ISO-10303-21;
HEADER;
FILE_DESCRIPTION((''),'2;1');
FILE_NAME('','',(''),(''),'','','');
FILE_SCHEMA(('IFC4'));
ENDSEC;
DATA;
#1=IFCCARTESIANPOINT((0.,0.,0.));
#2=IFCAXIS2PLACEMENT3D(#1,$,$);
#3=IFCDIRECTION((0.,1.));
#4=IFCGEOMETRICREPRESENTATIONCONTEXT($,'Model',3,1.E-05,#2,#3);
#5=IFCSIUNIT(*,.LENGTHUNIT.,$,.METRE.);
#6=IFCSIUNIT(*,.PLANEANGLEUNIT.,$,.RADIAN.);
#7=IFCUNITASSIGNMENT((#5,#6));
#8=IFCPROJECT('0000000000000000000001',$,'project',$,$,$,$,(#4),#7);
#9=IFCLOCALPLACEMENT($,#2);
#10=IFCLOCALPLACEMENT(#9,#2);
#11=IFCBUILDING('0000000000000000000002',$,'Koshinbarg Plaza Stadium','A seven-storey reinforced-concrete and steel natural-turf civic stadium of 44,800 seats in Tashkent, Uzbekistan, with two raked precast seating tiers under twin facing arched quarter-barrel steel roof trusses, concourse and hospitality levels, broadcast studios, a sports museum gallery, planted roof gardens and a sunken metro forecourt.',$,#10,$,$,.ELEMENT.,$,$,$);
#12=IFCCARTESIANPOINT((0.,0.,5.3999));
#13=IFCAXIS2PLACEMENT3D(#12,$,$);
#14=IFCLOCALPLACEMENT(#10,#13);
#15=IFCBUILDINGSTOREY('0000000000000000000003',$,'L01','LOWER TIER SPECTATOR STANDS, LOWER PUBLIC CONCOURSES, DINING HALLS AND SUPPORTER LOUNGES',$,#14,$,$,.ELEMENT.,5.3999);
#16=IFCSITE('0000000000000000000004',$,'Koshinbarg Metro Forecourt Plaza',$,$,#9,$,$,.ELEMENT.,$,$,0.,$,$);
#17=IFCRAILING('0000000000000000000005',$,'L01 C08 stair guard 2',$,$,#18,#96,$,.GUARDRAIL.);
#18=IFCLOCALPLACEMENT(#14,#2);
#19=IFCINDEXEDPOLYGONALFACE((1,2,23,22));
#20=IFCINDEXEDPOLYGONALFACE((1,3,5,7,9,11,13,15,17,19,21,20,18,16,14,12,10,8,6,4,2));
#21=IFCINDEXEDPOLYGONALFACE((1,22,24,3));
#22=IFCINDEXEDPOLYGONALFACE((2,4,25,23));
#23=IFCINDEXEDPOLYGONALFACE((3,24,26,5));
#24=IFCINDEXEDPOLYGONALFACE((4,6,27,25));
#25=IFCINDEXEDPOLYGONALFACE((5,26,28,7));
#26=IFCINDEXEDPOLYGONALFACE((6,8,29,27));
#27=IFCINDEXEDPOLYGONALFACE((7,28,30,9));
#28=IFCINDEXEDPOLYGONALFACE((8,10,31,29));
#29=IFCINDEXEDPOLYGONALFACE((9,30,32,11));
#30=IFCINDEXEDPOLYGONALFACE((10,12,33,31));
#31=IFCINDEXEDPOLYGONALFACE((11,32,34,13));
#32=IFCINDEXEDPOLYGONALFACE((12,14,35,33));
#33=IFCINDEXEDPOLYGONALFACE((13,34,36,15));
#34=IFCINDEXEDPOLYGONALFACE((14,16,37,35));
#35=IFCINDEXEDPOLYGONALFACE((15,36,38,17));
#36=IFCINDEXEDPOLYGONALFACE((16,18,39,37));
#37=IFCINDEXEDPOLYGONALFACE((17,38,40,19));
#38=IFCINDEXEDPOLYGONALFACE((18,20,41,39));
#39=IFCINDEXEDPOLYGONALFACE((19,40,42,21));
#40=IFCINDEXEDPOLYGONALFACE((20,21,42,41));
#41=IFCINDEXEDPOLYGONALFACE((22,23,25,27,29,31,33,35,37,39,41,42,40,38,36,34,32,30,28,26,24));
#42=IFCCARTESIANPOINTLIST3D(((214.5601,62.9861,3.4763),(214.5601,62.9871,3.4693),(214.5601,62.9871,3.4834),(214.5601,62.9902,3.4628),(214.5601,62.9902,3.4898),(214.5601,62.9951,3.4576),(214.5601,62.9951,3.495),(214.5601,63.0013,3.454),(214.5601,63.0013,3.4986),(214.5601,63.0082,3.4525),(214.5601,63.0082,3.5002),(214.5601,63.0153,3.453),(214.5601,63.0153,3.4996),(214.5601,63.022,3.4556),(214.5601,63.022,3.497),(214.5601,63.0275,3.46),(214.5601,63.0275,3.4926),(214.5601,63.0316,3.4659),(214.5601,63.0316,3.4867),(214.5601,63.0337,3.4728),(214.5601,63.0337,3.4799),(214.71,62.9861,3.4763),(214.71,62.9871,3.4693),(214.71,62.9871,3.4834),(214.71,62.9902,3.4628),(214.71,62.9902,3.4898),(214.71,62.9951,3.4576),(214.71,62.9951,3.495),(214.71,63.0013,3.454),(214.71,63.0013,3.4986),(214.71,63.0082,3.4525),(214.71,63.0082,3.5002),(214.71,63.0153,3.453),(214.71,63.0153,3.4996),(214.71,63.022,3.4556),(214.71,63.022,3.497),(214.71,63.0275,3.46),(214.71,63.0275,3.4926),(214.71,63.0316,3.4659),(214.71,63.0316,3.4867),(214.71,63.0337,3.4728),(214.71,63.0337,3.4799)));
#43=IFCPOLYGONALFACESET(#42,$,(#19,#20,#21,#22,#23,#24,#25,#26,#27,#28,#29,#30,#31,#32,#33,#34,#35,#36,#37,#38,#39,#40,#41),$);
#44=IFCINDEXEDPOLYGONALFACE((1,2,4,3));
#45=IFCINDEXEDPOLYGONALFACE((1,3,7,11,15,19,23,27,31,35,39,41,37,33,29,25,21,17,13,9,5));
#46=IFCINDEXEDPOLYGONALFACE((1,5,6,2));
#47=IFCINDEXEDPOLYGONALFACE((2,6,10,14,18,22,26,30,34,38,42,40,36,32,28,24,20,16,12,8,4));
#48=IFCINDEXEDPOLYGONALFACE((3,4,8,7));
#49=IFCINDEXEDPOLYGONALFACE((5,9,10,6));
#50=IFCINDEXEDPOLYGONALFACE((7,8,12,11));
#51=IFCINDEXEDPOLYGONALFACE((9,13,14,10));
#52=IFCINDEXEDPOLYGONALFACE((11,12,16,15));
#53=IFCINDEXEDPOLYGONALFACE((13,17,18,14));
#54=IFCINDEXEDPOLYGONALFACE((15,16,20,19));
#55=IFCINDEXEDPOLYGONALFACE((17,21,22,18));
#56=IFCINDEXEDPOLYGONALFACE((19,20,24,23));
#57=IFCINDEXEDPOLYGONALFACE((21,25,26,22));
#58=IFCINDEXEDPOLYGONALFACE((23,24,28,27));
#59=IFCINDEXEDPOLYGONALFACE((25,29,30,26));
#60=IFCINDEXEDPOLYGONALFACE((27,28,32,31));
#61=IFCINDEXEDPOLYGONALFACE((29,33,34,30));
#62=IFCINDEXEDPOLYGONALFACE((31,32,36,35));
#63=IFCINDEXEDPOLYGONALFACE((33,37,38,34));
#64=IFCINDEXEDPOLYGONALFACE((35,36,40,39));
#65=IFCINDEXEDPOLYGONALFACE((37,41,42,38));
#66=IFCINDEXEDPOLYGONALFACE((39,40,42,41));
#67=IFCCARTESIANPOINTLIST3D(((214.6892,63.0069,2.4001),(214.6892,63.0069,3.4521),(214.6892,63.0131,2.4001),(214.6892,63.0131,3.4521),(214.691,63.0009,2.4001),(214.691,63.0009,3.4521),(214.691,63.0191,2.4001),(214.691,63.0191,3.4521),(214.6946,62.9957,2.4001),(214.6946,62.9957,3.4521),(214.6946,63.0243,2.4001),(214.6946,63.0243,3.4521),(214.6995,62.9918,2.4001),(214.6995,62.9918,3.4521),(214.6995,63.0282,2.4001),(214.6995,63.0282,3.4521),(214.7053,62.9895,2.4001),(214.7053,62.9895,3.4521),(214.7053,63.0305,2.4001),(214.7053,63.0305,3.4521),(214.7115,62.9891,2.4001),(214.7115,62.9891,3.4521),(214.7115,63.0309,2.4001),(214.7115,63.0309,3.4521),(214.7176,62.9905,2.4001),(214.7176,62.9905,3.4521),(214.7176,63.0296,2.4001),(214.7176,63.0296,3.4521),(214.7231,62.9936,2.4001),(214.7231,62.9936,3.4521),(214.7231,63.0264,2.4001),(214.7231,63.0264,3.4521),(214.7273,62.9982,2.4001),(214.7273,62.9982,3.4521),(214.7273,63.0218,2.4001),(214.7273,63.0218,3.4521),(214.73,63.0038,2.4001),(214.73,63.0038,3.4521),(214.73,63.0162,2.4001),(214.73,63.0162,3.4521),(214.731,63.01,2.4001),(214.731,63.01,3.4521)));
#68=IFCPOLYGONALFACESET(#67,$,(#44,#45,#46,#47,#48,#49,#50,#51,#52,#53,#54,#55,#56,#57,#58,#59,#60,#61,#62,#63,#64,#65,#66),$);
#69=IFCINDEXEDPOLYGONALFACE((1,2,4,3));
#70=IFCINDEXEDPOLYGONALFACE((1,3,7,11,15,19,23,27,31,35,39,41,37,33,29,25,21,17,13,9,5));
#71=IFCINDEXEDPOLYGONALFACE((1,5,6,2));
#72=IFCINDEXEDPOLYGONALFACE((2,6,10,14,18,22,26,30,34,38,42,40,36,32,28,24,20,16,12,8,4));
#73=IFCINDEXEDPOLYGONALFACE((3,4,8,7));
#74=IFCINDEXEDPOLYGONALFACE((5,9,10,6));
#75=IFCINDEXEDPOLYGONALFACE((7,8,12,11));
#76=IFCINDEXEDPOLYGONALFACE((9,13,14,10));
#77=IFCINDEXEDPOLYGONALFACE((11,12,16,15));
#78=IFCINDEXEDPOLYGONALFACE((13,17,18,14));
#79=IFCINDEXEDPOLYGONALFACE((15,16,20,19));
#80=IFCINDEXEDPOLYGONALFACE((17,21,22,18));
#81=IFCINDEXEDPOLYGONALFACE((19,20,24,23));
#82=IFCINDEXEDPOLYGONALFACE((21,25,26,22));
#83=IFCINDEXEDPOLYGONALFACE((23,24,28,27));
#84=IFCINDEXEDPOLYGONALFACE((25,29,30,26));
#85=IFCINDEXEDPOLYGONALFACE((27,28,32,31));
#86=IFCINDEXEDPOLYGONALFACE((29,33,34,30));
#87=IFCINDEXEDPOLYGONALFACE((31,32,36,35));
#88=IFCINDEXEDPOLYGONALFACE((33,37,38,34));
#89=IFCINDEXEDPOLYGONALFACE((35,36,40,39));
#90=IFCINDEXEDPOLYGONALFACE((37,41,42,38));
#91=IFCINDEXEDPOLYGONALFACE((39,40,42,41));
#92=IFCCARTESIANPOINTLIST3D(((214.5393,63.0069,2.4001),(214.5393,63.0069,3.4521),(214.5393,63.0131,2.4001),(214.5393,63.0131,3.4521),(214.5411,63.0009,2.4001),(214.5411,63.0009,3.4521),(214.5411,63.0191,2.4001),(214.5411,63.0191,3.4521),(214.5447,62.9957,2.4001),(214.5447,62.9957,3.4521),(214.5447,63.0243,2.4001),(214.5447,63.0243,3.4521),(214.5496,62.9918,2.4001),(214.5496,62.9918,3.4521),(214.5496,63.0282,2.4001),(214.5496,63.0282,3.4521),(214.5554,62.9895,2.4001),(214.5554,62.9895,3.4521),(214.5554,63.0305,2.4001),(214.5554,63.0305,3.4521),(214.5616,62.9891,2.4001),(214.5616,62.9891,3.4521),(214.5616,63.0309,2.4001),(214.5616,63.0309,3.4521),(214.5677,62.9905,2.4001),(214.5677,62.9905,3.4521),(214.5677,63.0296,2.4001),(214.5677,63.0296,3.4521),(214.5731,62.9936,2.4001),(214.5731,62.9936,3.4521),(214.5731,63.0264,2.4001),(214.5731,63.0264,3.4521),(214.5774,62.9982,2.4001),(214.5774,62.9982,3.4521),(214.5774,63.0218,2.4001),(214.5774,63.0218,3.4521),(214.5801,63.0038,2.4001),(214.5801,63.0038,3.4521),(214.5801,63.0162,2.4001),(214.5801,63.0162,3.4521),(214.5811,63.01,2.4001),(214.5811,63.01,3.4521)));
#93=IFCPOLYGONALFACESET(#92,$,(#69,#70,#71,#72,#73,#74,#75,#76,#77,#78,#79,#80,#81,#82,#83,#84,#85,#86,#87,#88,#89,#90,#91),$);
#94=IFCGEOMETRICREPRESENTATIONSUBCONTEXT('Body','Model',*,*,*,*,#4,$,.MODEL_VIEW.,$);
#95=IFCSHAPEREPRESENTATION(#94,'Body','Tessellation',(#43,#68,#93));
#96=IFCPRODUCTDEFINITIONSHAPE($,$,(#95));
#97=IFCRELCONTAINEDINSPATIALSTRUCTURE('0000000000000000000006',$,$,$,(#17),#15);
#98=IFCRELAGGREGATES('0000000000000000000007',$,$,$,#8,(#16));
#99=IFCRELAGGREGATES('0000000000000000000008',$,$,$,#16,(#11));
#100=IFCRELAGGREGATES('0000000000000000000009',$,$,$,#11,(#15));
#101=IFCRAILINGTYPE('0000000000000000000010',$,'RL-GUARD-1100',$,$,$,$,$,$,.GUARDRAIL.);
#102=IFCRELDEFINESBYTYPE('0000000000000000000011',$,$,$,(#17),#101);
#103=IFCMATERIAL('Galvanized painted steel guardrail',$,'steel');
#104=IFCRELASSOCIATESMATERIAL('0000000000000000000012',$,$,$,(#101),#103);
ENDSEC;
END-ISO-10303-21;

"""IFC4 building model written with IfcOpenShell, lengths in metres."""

from ifc_helpers import new_model, si_unit, direction, frame, origin, origin_2d, place, context, subcontext, project, spatial, circle, extrude, material, type_object, element, save


model = new_model("IFC4")

# Units and contexts
model_context = context("Model", 3, precision=1e-05, world=origin(), true_north=direction((0.0, 1.0)))
body_context = subcontext(model_context, "Body", "Model", "MODEL_VIEW")
ifc_project = project(units=[si_unit("LENGTHUNIT", "METRE"), si_unit("PLANEANGLEUNIT", "RADIAN")], contexts=[model_context])

# Site, building, storey
site_placement = place(None, origin())
site = spatial("IfcSite", under=ifc_project, at=site_placement, Name="Koshinbarg Metro Forecourt Plaza", CompositionType="ELEMENT", RefElevation=0.0)
building_placement = place(site_placement, origin())
building = spatial("IfcBuilding", under=site, at=building_placement, Name="Koshinbarg Plaza Stadium", Description="A seven-storey reinforced-concrete and steel natural-turf civic stadium of 44,800 seats in Tashkent, Uzbekistan, with two raked precast seating tiers under twin facing arched quarter-barrel steel roof trusses, concourse and hospitality levels, broadcast studios, a sports museum gallery, planted roof gardens and a sunken metro forecourt.", CompositionType="ELEMENT")
storey_placement = place(building_placement, frame((0.0, 0.0, 5.3999)))
storey = spatial("IfcBuildingStorey", under=building, at=storey_placement, Name="L01", Description="LOWER TIER SPECTATOR STANDS, LOWER PUBLIC CONCOURSES, DINING HALLS AND SUPPORTER LOUNGES", CompositionType="ELEMENT", Elevation=5.3999)

# Railing
ifc_material_1 = material(Name="Galvanized painted steel guardrail", Category="steel")
railing_type_1 = type_object("IfcRailingType", Name="RL-GUARD-1100", PredefinedType="GUARDRAIL", material=ifc_material_1)
railing_1_placement = place(storey_placement, frame((214.71, 63.01, 2.4001)))
element("IfcRailing", 1, at=railing_1_placement, inside=storey, type_object=railing_type_1, Name="L01 C08 stair guard 2", PredefinedType="GUARDRAIL", context=body_context, shape_type="SweptSolid", body=[
    extrude(circle(Radius=0.0239, at=origin_2d()), frame((0.0, 0.0, 1.0762), z_axis=(-1.0, 0.0, 0.0), x_axis=(0.0, -1.0, 0.0)), (0.0, 0.0, 1.0), 0.1499),
    extrude(circle(Radius=0.021, at=origin_2d()), origin(), (0.0, 0.0, 1.0), 1.052),
    extrude(circle(Radius=0.021, at=origin_2d()), frame((-0.1499, 0.0, 0.0)), (0.0, 0.0, 1.0), 1.052),
])

save(model, "model.ifc")
